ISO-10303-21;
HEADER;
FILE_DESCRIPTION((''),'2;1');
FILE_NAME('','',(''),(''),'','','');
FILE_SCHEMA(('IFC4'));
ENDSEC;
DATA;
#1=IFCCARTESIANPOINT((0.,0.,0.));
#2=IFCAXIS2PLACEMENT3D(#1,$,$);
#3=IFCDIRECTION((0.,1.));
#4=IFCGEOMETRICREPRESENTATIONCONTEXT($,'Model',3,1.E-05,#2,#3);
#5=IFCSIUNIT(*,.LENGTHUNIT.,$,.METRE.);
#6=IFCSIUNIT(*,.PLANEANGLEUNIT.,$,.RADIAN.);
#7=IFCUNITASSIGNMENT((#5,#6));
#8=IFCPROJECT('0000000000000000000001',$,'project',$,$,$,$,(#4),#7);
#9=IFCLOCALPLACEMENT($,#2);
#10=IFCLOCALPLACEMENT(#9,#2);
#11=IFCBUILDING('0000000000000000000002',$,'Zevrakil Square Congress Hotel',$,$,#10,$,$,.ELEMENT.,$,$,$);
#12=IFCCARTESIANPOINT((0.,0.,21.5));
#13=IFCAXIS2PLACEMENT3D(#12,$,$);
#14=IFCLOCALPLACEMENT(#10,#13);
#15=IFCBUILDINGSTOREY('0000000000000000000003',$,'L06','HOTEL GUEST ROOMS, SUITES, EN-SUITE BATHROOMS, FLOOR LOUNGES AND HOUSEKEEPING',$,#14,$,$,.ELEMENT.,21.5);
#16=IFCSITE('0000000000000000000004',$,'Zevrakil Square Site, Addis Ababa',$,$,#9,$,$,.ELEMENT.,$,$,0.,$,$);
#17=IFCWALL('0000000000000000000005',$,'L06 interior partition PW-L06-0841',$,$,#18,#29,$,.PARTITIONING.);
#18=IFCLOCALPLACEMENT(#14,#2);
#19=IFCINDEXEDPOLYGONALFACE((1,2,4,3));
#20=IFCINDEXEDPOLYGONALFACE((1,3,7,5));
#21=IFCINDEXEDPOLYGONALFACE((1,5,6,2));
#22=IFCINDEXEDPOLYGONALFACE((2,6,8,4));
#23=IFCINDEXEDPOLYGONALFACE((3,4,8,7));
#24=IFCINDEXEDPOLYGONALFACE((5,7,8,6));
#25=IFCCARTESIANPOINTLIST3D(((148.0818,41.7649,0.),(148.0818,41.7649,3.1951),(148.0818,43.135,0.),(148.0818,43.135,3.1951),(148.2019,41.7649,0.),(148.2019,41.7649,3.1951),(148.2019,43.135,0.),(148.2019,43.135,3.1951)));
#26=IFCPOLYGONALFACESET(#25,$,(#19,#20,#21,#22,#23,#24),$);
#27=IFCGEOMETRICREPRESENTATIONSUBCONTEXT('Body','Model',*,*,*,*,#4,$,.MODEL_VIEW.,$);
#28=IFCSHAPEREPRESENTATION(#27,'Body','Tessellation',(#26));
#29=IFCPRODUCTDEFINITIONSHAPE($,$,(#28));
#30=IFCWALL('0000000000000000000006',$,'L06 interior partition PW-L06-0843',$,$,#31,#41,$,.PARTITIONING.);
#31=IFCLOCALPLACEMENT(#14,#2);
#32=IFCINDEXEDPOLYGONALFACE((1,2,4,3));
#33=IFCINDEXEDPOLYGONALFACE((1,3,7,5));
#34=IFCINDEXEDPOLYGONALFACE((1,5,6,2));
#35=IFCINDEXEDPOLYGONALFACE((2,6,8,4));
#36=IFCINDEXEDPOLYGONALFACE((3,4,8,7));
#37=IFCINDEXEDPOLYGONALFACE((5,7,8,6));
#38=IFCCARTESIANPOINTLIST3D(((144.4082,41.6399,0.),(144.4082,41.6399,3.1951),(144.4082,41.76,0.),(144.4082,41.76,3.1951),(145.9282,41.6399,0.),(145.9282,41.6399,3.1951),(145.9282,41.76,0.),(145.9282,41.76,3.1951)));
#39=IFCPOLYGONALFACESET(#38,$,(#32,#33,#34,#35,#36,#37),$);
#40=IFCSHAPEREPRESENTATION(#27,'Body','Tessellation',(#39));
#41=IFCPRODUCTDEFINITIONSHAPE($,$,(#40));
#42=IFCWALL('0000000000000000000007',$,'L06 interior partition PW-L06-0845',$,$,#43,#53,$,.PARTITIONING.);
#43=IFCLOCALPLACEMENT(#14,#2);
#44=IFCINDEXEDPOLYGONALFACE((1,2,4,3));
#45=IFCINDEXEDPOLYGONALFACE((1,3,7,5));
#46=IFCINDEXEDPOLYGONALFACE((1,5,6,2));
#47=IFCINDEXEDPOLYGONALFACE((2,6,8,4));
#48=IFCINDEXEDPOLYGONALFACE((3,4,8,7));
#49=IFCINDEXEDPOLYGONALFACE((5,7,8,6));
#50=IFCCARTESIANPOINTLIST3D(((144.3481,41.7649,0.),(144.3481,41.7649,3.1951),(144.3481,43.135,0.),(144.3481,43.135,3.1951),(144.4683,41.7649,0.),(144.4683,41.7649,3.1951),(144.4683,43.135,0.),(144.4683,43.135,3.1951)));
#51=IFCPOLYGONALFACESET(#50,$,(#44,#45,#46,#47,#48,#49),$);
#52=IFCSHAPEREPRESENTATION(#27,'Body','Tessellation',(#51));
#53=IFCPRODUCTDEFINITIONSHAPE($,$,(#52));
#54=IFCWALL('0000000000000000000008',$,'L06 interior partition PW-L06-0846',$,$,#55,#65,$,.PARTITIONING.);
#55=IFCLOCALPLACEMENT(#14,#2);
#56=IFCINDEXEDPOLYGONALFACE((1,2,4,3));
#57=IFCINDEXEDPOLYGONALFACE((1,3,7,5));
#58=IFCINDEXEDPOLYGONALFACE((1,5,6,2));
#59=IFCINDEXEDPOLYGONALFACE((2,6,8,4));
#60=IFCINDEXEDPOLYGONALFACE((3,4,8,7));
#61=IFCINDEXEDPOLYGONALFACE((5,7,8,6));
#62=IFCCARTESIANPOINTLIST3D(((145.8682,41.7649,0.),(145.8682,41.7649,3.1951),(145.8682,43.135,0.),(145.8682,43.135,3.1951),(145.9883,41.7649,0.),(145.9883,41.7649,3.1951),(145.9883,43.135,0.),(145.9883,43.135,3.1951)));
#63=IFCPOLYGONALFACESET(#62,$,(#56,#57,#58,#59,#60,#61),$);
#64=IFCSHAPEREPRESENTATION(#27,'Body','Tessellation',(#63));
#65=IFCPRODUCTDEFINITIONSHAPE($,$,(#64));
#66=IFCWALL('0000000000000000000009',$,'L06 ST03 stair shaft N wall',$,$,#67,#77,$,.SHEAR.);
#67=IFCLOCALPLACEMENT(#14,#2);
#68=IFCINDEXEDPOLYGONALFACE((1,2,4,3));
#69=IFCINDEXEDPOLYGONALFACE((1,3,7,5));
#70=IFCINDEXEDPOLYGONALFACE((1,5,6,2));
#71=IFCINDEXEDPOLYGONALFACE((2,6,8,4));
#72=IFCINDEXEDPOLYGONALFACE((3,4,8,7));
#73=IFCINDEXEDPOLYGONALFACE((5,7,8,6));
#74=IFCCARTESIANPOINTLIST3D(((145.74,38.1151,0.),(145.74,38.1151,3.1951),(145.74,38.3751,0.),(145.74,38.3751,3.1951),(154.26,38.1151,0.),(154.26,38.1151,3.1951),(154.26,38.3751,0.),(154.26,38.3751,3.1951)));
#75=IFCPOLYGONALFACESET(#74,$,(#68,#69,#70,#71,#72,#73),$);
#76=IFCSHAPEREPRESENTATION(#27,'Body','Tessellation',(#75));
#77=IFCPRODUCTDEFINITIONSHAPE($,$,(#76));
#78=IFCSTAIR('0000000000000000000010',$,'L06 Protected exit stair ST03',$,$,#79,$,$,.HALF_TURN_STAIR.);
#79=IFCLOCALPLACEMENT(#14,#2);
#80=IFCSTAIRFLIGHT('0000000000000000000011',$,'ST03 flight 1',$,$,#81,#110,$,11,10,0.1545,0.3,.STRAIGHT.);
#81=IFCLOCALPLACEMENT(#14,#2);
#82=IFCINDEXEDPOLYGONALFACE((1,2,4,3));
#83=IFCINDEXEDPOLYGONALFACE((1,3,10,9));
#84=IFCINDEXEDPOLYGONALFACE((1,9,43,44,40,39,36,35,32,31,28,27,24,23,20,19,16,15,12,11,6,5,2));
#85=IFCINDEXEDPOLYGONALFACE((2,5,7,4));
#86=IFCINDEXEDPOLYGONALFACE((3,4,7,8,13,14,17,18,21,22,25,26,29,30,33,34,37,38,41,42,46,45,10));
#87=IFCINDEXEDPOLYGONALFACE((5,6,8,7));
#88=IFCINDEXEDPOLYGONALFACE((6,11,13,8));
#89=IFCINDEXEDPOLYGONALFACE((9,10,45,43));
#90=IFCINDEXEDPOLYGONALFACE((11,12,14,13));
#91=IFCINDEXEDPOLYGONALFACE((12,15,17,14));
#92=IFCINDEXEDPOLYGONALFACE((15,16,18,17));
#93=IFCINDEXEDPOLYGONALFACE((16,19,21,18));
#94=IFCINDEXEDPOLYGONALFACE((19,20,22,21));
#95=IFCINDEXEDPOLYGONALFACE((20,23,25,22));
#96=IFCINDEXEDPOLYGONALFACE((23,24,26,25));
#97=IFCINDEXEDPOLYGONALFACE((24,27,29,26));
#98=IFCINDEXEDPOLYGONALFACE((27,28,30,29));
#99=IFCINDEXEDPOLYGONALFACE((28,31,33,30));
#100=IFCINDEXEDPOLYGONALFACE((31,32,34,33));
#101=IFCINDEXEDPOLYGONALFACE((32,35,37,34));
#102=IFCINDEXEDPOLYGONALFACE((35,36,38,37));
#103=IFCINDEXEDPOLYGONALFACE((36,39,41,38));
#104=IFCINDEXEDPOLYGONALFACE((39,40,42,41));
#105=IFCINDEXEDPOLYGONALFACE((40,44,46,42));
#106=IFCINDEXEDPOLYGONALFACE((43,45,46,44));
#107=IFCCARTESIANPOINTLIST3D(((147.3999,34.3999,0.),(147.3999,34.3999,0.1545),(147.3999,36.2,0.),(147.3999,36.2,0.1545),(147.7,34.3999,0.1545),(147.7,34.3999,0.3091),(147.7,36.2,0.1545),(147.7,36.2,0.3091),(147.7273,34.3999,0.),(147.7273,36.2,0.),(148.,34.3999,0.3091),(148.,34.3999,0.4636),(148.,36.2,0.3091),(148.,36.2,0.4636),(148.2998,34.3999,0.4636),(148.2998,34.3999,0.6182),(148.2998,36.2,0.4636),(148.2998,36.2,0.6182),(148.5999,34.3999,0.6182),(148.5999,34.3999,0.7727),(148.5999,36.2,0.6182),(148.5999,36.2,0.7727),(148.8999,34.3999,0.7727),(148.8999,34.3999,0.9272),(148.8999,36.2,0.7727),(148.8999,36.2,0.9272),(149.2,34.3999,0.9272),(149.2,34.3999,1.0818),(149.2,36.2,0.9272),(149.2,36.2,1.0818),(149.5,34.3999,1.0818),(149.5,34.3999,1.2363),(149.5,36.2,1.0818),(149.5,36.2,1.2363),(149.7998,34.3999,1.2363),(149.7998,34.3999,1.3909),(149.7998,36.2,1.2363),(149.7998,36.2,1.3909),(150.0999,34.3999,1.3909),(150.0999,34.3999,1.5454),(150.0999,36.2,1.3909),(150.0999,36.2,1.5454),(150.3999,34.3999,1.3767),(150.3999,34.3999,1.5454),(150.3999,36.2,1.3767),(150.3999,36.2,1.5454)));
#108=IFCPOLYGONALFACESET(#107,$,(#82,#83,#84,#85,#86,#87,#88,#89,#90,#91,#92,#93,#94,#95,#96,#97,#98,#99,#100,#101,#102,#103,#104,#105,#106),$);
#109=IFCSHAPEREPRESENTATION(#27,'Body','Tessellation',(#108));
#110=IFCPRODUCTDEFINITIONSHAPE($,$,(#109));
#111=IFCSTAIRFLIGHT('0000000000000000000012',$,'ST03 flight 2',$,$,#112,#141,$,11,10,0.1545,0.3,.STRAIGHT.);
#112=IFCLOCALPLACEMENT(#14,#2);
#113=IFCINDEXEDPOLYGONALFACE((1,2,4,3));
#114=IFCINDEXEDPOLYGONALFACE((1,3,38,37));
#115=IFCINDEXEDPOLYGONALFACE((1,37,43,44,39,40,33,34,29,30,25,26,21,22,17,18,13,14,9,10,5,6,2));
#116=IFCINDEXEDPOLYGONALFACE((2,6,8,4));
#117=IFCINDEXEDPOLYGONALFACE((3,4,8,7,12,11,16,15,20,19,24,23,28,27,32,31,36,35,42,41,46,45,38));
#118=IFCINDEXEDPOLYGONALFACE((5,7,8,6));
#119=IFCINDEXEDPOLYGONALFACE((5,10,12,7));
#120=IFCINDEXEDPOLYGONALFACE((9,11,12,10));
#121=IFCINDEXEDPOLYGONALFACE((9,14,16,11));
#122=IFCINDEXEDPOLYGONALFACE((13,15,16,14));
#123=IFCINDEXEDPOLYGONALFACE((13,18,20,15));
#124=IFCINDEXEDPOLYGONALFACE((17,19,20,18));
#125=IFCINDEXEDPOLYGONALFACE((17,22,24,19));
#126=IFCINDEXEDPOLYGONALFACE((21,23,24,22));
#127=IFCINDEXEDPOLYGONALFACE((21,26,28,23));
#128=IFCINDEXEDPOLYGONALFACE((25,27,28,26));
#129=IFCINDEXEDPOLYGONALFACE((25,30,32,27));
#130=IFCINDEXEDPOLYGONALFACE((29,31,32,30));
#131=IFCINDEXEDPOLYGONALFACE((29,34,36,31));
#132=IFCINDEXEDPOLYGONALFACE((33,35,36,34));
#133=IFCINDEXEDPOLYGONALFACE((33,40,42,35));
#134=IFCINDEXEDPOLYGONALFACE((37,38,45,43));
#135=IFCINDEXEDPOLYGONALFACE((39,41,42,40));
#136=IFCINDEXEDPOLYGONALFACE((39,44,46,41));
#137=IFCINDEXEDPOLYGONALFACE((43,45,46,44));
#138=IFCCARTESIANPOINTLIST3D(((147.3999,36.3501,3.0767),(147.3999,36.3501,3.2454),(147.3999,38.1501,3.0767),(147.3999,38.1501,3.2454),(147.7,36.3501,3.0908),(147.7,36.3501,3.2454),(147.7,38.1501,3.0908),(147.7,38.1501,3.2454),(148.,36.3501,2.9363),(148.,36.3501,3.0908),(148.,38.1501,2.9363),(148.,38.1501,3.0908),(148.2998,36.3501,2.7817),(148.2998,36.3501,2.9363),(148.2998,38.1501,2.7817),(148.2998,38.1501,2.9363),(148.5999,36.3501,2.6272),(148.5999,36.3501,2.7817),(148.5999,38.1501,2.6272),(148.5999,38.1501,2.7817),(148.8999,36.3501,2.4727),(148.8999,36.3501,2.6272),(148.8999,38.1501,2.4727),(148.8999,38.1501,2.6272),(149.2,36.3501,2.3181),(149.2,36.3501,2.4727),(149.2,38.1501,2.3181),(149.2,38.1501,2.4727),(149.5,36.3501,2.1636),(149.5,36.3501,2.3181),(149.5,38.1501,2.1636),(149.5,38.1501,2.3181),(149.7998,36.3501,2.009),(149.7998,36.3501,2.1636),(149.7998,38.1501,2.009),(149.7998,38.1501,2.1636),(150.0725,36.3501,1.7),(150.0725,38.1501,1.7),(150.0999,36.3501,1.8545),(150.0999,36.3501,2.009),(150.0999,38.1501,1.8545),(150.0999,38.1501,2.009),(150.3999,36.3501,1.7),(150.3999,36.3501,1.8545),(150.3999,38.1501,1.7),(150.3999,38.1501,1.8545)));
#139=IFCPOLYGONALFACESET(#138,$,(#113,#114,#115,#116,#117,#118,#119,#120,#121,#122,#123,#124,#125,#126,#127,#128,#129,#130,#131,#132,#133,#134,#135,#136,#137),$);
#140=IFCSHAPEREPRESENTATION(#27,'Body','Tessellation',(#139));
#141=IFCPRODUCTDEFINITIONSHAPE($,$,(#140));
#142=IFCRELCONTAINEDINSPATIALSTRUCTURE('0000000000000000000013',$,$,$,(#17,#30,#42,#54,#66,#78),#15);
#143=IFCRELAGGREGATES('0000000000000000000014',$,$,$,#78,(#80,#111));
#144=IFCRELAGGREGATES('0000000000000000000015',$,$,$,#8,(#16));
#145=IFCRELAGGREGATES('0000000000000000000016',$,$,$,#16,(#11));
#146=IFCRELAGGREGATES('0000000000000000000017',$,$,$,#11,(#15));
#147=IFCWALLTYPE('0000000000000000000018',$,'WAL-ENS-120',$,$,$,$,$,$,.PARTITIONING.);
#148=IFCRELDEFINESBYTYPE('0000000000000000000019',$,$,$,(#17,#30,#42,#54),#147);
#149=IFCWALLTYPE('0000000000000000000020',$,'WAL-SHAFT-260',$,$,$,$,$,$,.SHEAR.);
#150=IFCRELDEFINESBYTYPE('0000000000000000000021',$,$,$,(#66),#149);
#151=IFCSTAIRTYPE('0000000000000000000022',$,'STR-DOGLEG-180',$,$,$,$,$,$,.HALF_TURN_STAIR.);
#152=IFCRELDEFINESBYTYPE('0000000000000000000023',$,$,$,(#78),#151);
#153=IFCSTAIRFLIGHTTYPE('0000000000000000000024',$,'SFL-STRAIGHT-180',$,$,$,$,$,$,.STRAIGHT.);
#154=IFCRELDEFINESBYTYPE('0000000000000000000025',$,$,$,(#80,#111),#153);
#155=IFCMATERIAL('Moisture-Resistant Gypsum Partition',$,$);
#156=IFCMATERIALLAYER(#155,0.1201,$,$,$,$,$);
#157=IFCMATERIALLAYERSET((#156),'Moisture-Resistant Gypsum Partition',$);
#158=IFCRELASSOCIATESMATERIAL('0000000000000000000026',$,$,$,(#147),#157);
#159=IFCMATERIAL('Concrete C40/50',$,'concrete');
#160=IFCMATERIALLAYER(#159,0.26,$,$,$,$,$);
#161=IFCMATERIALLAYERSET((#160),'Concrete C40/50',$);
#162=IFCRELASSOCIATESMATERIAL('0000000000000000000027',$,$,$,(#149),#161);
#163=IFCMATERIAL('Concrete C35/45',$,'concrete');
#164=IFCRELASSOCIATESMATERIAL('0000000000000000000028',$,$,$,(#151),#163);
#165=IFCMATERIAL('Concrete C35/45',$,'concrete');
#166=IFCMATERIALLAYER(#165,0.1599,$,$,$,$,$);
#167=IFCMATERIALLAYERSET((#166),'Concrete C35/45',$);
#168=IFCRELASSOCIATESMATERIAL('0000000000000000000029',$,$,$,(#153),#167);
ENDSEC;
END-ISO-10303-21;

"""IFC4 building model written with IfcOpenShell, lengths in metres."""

from ifc_helpers import new_model, si_unit, direction, frame, frame_2d, origin, place, context, subcontext, project, spatial, polyline, rectangle, outline, extrude, material, layer, layer_set, type_object, element, aggregate, save


model = new_model("IFC4")

# Units and contexts
model_context = context("Model", 3, precision=1e-05, world=origin(), true_north=direction((0.0, 1.0)))
body_context = subcontext(model_context, "Body", "Model", "MODEL_VIEW")
ifc_project = project(units=[si_unit("LENGTHUNIT", "METRE"), si_unit("PLANEANGLEUNIT", "RADIAN")], contexts=[model_context])

# Site, building, storey
site_placement = place(None, origin())
site = spatial("IfcSite", under=ifc_project, at=site_placement, Name="Zevrakil Square Site, Addis Ababa", CompositionType="ELEMENT", RefElevation=0.0)
building_placement = place(site_placement, origin())
building = spatial("IfcBuilding", under=site, at=building_placement, Name="Zevrakil Square Congress Hotel", CompositionType="ELEMENT")
storey_placement = place(building_placement, frame((0.0, 0.0, 21.5)))
storey = spatial("IfcBuildingStorey", under=building, at=storey_placement, Name="L06", Description="HOTEL GUEST ROOMS, SUITES, EN-SUITE BATHROOMS, FLOOR LOUNGES AND HOUSEKEEPING", CompositionType="ELEMENT", Elevation=21.5)

# Walls
ifc_material_1 = material(Name="Moisture-Resistant Gypsum Partition")
ifc_layer_1 = layer(ifc_material_1, 0.1201)
ifc_layer_set_1 = layer_set([ifc_layer_1], Name="Moisture-Resistant Gypsum Partition")
wall_type_1 = type_object("IfcWallType", Name="WAL-ENS-120", PredefinedType="PARTITIONING", material=ifc_layer_set_1)
for number, where, z_axis, x_axis, name in (
    (1, (148.1418, 41.7649, 0.0), (0.0, 0.0, 1.0), (0.0, 1.0, 0.0), "L06 interior partition PW-L06-0841"),
):
    element("IfcWall", number, at=place(storey_placement, frame(where, z_axis=z_axis, x_axis=x_axis)), inside=storey, type_object=wall_type_1, Name=name, PredefinedType="PARTITIONING", context=body_context, shape_type="SweptSolid", body=[
        extrude(rectangle(XDim=1.3701, YDim=0.1201, at=frame_2d((0.6851, 0.0))), origin(), (0.0, 0.0, 1.0), 3.1951),
    ])
wall_1_placement = place(storey_placement, frame((144.4082, 41.7, 0.0), z_axis=(0.0, 0.0, 1.0), x_axis=(1.0, 0.0, 0.0)))
element("IfcWall", 2, at=wall_1_placement, inside=storey, type_object=wall_type_1, Name="L06 interior partition PW-L06-0843", PredefinedType="PARTITIONING", context=body_context, shape_type="SweptSolid", body=[
    extrude(rectangle(XDim=1.52, YDim=0.1201, at=frame_2d((0.76, 0.0))), origin(), (0.0, 0.0, 1.0), 3.1951),
])
for number, where, z_axis, x_axis, name in (
    (3, (144.4082, 41.7649, 0.0), (0.0, 0.0, 1.0), (0.0, 1.0, 0.0), "L06 interior partition PW-L06-0845"),
    (4, (145.9282, 41.7649, 0.0), (0.0, 0.0, 1.0), (0.0, 1.0, 0.0), "L06 interior partition PW-L06-0846"),
):
    element("IfcWall", number, at=place(storey_placement, frame(where, z_axis=z_axis, x_axis=x_axis)), inside=storey, type_object=wall_type_1, Name=name, PredefinedType="PARTITIONING", context=body_context, shape_type="SweptSolid", body=[
        extrude(rectangle(XDim=1.3701, YDim=0.1201, at=frame_2d((0.6851, 0.0))), origin(), (0.0, 0.0, 1.0), 3.1951),
    ])
ifc_material_2 = material(Name="Concrete C40/50", Category="concrete")
ifc_layer_2 = layer(ifc_material_2, 0.26)
ifc_layer_set_2 = layer_set([ifc_layer_2], Name="Concrete C40/50")
wall_type_2 = type_object("IfcWallType", Name="WAL-SHAFT-260", PredefinedType="SHEAR", material=ifc_layer_set_2)
wall_2_placement = place(storey_placement, frame((145.74, 38.2451, 0.0), z_axis=(0.0, 0.0, 1.0), x_axis=(1.0, 0.0, 0.0)))
element("IfcWall", 5, at=wall_2_placement, inside=storey, type_object=wall_type_2, Name="L06 ST03 stair shaft N wall", PredefinedType="SHEAR", context=body_context, shape_type="SweptSolid", body=[
    extrude(rectangle(XDim=8.52, YDim=0.26, at=frame_2d((4.26, 0.0))), origin(), (0.0, 0.0, 1.0), 3.1951),
])

# Stair, stair flights
ifc_material_3 = material(Name="Concrete C35/45", Category="concrete")
stair_type = type_object("IfcStairType", Name="STR-DOGLEG-180", PredefinedType="HALF_TURN_STAIR", material=ifc_material_3)
stair_placement = place(storey_placement, origin())
stair = element("IfcStair", 6, at=stair_placement, inside=storey, type_object=stair_type, Name="L06 Protected exit stair ST03", PredefinedType="HALF_TURN_STAIR")
ifc_material_4 = material(Name="Concrete C35/45", Category="concrete")
ifc_layer_3 = layer(ifc_material_4, 0.1599)
ifc_layer_set_3 = layer_set([ifc_layer_3], Name="Concrete C35/45")
stair_flight_type = type_object("IfcStairFlightType", Name="SFL-STRAIGHT-180", PredefinedType="STRAIGHT", material=ifc_layer_set_3)
stair_flight_1_placement = place(storey_placement, frame((147.3999, 35.3, 0.0), z_axis=(0.0, 0.0, 1.0), x_axis=(1.0, 0.0, 0.0)))
stair_flight_1 = element("IfcStairFlight", 7, at=stair_flight_1_placement, type_object=stair_flight_type, Name="ST03 flight 1", NumberOfRisers=11, NumberOfTreads=10, PredefinedType="STRAIGHT", RiserHeight=0.1545, TreadLength=0.3, context=body_context, shape_type="SweptSolid", body=[
    extrude(outline(polyline([(0.0, 0.0), (0.0, 0.1545), (0.3, 0.1545), (0.3, 0.3091), (0.6001, 0.3091), (0.6001, 0.4636), (0.8999, 0.4636), (0.8999, 0.6182), (1.2, 0.6182), (1.2, 0.7727), (1.5, 0.7727), (1.5, 0.9272), (1.8, 0.9272), (1.8, 1.0818), (2.1001, 1.0818), (2.1001, 1.2363), (2.3999, 1.2363), (2.3999, 1.3909), (2.7, 1.3909), (2.7, 1.5454), (3.0, 1.5454), (3.0, 1.7), (3.0, 1.3767), (0.3274, 0.0), (0.0, 0.0)])), frame((0.0, 0.8999, 0.0), z_axis=(0.0, -1.0, 0.0), x_axis=(1.0, 0.0, 0.0)), (0.0, 0.0, 1.0), 1.8),
])
stair_flight_2_placement = place(storey_placement, frame((150.3999, 37.25, 1.7), z_axis=(0.0, 0.0, 1.0), x_axis=(-1.0, 0.0, 0.0)))
stair_flight_2 = element("IfcStairFlight", 8, at=stair_flight_2_placement, type_object=stair_flight_type, Name="ST03 flight 2", NumberOfRisers=11, NumberOfTreads=10, PredefinedType="STRAIGHT", RiserHeight=0.1545, TreadLength=0.3, context=body_context, shape_type="SweptSolid", body=[
    extrude(outline(polyline([(0.0, 0.0), (0.0, 0.1545), (0.3, 0.1545), (0.3, 0.3091), (0.6001, 0.3091), (0.6001, 0.4636), (0.8999, 0.4636), (0.8999, 0.6182), (1.2, 0.6182), (1.2, 0.7727), (1.5, 0.7727), (1.5, 0.9272), (1.8, 0.9272), (1.8, 1.0818), (2.1001, 1.0818), (2.1001, 1.2363), (2.3999, 1.2363), (2.3999, 1.3909), (2.7, 1.3909), (2.7, 1.5454), (3.0, 1.5454), (3.0, 1.7), (3.0, 1.3767), (0.3274, 0.0), (0.0, 0.0)])), frame((0.0, 0.8999, 0.0), z_axis=(0.0, -1.0, 0.0), x_axis=(1.0, 0.0, 0.0)), (0.0, 0.0, 1.0), 1.8),
])
aggregate(stair, [stair_flight_1, stair_flight_2])

save(model, "model.ifc")
